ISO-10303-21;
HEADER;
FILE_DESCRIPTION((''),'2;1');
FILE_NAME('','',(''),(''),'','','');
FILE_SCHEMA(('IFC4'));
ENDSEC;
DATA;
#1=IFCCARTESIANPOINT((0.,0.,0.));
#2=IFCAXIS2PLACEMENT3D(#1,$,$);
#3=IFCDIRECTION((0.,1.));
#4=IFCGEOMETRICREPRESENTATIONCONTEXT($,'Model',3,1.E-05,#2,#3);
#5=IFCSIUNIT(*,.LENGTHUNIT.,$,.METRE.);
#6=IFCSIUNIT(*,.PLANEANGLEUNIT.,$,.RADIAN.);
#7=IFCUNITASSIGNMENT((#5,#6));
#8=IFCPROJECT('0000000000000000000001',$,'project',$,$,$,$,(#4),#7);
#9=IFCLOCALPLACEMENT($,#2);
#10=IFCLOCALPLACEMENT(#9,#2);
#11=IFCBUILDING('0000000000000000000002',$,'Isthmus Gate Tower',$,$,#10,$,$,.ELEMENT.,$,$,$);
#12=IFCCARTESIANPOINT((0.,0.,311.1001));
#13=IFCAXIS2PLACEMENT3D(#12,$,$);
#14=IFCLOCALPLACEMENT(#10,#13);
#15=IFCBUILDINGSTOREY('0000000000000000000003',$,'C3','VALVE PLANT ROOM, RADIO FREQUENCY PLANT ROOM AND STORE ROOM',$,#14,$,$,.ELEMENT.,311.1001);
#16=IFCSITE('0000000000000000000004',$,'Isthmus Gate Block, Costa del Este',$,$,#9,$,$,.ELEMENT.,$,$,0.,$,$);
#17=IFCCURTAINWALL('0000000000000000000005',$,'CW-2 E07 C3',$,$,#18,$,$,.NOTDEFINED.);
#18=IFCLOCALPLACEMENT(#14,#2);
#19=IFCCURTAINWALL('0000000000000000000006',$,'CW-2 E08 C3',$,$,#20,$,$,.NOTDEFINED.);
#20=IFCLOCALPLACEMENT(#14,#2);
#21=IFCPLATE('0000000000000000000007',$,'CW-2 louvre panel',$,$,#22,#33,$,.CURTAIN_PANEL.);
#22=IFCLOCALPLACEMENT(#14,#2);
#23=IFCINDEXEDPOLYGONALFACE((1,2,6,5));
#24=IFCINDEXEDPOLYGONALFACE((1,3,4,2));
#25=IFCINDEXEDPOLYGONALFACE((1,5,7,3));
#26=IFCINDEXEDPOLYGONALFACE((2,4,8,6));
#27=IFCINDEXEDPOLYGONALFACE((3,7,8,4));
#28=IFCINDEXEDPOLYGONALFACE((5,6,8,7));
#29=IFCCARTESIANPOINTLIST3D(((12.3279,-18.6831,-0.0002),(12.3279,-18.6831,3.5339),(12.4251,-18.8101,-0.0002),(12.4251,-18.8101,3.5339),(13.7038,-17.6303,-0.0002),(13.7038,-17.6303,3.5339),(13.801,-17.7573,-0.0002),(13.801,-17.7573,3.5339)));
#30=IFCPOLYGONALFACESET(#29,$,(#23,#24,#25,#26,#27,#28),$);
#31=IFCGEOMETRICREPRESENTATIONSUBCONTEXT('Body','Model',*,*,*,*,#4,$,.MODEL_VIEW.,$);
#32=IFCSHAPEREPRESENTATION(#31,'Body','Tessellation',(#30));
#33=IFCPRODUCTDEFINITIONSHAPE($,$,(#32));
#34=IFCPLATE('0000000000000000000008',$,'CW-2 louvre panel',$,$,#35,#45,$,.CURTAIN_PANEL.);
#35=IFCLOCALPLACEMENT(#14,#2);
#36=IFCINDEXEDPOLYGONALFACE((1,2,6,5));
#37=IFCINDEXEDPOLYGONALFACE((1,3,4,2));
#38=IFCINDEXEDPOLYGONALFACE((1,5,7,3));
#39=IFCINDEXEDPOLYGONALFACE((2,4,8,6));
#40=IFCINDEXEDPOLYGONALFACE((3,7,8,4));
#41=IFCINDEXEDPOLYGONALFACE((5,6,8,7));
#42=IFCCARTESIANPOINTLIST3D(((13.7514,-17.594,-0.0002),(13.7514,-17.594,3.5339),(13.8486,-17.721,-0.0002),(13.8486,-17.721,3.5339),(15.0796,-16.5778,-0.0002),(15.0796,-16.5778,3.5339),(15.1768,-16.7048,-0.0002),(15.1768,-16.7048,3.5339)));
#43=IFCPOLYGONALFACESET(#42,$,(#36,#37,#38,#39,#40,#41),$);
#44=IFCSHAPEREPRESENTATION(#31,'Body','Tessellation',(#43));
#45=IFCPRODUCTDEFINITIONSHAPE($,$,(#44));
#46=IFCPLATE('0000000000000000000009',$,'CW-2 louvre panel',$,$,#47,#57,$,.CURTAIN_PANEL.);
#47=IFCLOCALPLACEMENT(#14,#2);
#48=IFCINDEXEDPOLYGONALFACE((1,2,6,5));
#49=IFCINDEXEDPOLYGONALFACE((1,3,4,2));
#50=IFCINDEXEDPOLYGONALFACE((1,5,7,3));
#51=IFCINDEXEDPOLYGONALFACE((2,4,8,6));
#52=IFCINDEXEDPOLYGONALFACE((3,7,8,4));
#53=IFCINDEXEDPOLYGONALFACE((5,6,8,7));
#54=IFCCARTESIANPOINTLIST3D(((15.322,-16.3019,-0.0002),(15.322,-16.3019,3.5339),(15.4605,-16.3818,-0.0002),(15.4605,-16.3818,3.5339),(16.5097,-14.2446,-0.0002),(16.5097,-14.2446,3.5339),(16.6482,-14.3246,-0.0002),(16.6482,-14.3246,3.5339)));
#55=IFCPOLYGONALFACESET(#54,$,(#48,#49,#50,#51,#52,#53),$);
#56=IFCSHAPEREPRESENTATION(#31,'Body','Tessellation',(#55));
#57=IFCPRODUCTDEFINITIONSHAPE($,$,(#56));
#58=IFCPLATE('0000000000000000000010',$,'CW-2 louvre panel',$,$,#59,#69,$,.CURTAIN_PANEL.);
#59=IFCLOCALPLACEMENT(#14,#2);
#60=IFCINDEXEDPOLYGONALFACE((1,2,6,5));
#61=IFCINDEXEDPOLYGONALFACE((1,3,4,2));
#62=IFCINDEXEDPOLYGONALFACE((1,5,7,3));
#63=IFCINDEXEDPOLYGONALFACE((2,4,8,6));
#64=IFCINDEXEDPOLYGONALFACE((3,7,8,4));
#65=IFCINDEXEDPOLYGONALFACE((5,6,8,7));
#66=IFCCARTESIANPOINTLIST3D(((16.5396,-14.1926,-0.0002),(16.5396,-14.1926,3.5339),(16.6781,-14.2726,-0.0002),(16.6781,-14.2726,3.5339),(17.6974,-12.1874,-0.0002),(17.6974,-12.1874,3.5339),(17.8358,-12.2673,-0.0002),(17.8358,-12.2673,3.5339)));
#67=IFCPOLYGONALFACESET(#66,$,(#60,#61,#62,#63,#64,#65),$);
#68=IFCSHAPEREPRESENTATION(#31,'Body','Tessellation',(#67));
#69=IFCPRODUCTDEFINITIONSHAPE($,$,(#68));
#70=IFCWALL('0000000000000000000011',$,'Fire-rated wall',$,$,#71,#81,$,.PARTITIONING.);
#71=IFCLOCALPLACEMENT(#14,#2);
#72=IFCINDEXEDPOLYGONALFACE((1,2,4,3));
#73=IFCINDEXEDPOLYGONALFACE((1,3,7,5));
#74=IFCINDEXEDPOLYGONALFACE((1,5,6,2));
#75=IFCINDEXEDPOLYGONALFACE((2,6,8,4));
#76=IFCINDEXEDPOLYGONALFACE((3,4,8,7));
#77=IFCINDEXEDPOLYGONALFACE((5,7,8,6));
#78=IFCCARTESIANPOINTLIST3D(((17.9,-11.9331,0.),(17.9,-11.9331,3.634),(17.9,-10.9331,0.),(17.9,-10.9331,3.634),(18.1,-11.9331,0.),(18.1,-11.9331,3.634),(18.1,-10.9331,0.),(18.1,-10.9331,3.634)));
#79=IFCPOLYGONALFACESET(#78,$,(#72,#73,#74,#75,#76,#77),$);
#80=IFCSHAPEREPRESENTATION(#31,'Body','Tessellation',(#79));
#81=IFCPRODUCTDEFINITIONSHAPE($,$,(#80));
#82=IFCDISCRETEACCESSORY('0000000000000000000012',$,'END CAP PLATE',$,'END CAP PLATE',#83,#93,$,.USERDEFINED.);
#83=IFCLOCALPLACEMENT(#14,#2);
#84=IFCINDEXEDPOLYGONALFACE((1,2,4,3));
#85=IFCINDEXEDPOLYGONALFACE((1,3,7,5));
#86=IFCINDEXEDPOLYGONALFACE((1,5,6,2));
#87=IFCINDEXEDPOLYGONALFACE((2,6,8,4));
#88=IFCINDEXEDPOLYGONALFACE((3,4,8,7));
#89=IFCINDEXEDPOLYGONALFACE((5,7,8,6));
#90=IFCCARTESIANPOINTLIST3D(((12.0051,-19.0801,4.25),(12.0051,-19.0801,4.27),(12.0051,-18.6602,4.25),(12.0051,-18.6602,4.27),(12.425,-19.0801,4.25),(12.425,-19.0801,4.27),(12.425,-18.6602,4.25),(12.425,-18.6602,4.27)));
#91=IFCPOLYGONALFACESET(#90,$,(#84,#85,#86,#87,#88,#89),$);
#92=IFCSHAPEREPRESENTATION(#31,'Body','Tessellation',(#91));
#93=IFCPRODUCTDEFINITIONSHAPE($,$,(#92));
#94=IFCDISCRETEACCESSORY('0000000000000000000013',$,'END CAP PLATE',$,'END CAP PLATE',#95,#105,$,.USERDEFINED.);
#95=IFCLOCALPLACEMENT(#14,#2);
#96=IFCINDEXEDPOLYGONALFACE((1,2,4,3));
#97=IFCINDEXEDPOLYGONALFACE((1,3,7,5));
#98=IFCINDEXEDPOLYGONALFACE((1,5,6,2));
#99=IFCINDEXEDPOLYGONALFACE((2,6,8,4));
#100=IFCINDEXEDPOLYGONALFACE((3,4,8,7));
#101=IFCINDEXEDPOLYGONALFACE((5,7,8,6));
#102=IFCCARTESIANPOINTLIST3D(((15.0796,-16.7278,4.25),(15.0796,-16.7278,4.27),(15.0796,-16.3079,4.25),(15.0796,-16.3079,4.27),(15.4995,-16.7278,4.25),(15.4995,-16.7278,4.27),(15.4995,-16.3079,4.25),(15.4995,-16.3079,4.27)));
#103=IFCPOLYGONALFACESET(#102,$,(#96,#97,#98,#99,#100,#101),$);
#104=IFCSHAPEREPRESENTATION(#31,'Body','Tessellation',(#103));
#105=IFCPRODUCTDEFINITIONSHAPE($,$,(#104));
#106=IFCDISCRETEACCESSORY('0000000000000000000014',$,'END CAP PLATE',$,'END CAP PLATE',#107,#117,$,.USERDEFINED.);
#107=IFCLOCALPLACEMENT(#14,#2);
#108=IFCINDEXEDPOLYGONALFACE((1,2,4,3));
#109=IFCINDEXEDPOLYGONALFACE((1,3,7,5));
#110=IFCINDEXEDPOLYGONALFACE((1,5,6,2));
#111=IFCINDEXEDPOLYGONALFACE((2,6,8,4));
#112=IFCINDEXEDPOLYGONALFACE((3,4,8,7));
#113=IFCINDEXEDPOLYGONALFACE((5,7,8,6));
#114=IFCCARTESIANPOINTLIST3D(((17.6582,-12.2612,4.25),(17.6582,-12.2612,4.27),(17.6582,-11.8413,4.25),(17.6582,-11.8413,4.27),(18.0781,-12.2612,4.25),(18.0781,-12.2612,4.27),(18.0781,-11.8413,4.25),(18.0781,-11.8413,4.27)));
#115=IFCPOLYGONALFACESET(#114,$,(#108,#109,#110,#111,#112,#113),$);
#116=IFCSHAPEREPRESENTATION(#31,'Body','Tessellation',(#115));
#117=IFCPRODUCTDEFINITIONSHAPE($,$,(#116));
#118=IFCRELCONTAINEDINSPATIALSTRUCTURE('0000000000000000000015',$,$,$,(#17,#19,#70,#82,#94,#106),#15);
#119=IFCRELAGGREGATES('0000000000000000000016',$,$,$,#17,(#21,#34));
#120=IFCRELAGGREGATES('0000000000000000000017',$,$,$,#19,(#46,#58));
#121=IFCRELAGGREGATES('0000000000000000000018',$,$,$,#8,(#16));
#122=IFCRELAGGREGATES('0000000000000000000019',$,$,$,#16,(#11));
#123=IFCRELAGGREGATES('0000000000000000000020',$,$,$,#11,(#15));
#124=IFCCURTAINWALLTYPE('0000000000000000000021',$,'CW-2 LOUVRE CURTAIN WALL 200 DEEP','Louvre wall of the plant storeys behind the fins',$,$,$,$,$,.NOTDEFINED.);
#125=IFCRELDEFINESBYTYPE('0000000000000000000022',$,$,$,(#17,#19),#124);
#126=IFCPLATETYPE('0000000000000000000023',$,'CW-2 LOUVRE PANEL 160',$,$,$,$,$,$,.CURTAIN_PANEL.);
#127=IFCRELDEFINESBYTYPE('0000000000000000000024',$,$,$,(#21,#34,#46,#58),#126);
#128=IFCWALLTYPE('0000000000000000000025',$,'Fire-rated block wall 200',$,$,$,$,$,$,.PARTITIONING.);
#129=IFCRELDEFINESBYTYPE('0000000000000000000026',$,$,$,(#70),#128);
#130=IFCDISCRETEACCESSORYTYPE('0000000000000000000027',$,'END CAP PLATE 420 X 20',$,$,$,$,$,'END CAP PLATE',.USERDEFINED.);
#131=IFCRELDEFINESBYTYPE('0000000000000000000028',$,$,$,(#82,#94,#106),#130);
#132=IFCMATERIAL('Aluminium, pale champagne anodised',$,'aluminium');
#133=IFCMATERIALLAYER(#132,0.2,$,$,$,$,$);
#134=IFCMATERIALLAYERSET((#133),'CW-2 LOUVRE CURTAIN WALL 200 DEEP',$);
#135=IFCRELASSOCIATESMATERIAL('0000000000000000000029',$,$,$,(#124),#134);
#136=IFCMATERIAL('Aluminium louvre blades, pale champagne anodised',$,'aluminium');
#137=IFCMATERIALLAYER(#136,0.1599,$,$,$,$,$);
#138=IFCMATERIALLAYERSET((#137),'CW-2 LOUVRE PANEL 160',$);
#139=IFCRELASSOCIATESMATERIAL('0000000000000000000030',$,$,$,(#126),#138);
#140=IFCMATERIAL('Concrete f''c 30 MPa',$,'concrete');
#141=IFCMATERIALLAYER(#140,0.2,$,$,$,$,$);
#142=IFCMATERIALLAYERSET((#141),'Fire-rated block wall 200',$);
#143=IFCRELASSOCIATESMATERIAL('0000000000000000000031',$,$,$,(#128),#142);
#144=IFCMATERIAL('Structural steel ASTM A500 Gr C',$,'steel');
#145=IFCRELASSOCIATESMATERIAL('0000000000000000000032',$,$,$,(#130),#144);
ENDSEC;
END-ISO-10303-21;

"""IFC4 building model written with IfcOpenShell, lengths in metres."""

from ifc_helpers import new_model, si_unit, direction, frame, frame_2d, origin, origin_2d, place, context, subcontext, project, spatial, rectangle, extrude, material, layer, layer_set, type_object, element, aggregate, save


model = new_model("IFC4")

# Units and contexts
model_context = context("Model", 3, precision=1e-05, world=origin(), true_north=direction((0.0, 1.0)))
body_context = subcontext(model_context, "Body", "Model", "MODEL_VIEW")
ifc_project = project(units=[si_unit("LENGTHUNIT", "METRE"), si_unit("PLANEANGLEUNIT", "RADIAN")], contexts=[model_context])

# Site, building, storey
site_placement = place(None, origin())
site = spatial("IfcSite", under=ifc_project, at=site_placement, Name="Isthmus Gate Block, Costa del Este", CompositionType="ELEMENT", RefElevation=0.0)
building_placement = place(site_placement, origin())
building = spatial("IfcBuilding", under=site, at=building_placement, Name="Isthmus Gate Tower", CompositionType="ELEMENT")
storey_placement = place(building_placement, frame((0.0, 0.0, 311.1001)))
storey = spatial("IfcBuildingStorey", under=building, at=storey_placement, Name="C3", Description="VALVE PLANT ROOM, RADIO FREQUENCY PLANT ROOM AND STORE ROOM", CompositionType="ELEMENT", Elevation=311.1001)

# Curtain walls
ifc_material_1 = material(Name="Aluminium, pale champagne anodised", Category="aluminium")
ifc_layer_1 = layer(ifc_material_1, 0.2)
ifc_layer_set_1 = layer_set([ifc_layer_1], Name="CW-2 LOUVRE CURTAIN WALL 200 DEEP")
curtain_wall_type = type_object("IfcCurtainWallType", Name="CW-2 LOUVRE CURTAIN WALL 200 DEEP", Description="Louvre wall of the plant storeys behind the fins", PredefinedType="NOTDEFINED", material=ifc_layer_set_1)
curtain_wall_1_placement = place(storey_placement, origin())
curtain_wall_1 = element("IfcCurtainWall", 1, at=curtain_wall_1_placement, inside=storey, type_object=curtain_wall_type, Name="CW-2 E07 C3", PredefinedType="NOTDEFINED")
curtain_wall_2_placement = place(storey_placement, origin())
curtain_wall_2 = element("IfcCurtainWall", 2, at=curtain_wall_2_placement, inside=storey, type_object=curtain_wall_type, Name="CW-2 E08 C3", PredefinedType="NOTDEFINED")

# Plates
ifc_material_2 = material(Name="Aluminium louvre blades, pale champagne anodised", Category="aluminium")
ifc_layer_2 = layer(ifc_material_2, 0.1599)
ifc_layer_set_2 = layer_set([ifc_layer_2], Name="CW-2 LOUVRE PANEL 160")
plate_type = type_object("IfcPlateType", Name="CW-2 LOUVRE PANEL 160", PredefinedType="CURTAIN_PANEL", material=ifc_layer_set_2)
plate_1_placement = place(storey_placement, frame((13.0645, -18.2202, -0.0002), z_axis=(0.0, 0.0, 1.0), x_axis=(0.794189, 0.607671, 0.0)))
plate_1 = element("IfcPlate", 3, at=plate_1_placement, type_object=plate_type, Name="CW-2 louvre panel", PredefinedType="CURTAIN_PANEL", context=body_context, shape_type="SweptSolid", body=[
    extrude(rectangle(XDim=1.7324, YDim=0.1599, at=origin_2d()), origin(), (0.0, 0.0, 1.0), 3.5342),
])
plate_2_placement = place(storey_placement, frame((14.4641, -17.1494, -0.0002), z_axis=(0.0, 0.0, 1.0), x_axis=(0.794189, 0.607671, 0.0)))
plate_2 = element("IfcPlate", 4, at=plate_2_placement, type_object=plate_type, Name="CW-2 louvre panel", PredefinedType="CURTAIN_PANEL", context=body_context, shape_type="SweptSolid", body=[
    extrude(rectangle(XDim=1.6724, YDim=0.1599, at=origin_2d()), origin(), (0.0, 0.0, 1.0), 3.5342),
])
aggregate(curtain_wall_1, [plate_1, plate_2])
plate_3_placement = place(storey_placement, frame((15.9851, -15.3132, -0.0002), z_axis=(0.0, 0.0, 1.0), x_axis=(0.5, 0.866025, 0.0)))
plate_3 = element("IfcPlate", 5, at=plate_3_placement, type_object=plate_type, Name="CW-2 louvre panel", PredefinedType="CURTAIN_PANEL", context=body_context, shape_type="SweptSolid", body=[
    extrude(rectangle(XDim=2.3755, YDim=0.1599, at=origin_2d()), origin(), (0.0, 0.0, 1.0), 3.5342),
])
plate_4_placement = place(storey_placement, frame((17.1877, -13.23, -0.0002), z_axis=(0.0, 0.0, 1.0), x_axis=(0.5, 0.866025, 0.0)))
plate_4 = element("IfcPlate", 6, at=plate_4_placement, type_object=plate_type, Name="CW-2 louvre panel", PredefinedType="CURTAIN_PANEL", context=body_context, shape_type="SweptSolid", body=[
    extrude(rectangle(XDim=2.3154, YDim=0.1599, at=origin_2d()), origin(), (0.0, 0.0, 1.0), 3.5342),
])
aggregate(curtain_wall_2, [plate_3, plate_4])

# Wall
ifc_material_3 = material(Name="Concrete f'c 30 MPa", Category="concrete")
ifc_layer_3 = layer(ifc_material_3, 0.2)
ifc_layer_set_3 = layer_set([ifc_layer_3], Name="Fire-rated block wall 200")
wall_type = type_object("IfcWallType", Name="Fire-rated block wall 200", PredefinedType="PARTITIONING", material=ifc_layer_set_3)
wall_placement = place(storey_placement, frame((18.0, -11.9331, 0.0), z_axis=(0.0, 0.0, 1.0), x_axis=(0.0, 1.0, 0.0)))
element("IfcWall", 7, at=wall_placement, inside=storey, type_object=wall_type, Name="Fire-rated wall", PredefinedType="PARTITIONING", context=body_context, shape_type="SweptSolid", body=[
    extrude(rectangle(XDim=1.0, YDim=0.2, at=frame_2d((0.5, 0.0))), origin(), (0.0, 0.0, 1.0), 3.634),
])

# Discrete accessories
ifc_material_4 = material(Name="Structural steel ASTM A500 Gr C", Category="steel")
discrete_accessory_type = type_object("IfcDiscreteAccessoryType", Name="END CAP PLATE 420 X 20", ElementType="END CAP PLATE", PredefinedType="USERDEFINED", material=ifc_material_4)
for number, where, z_axis, x_axis, name in (
    (8, (12.2151, -18.8701, 4.25), (0.0, 0.0, 1.0), (1.0, 0.0, 0.0), "END CAP PLATE"),
    (9, (15.2896, -16.5178, 4.25), (0.0, 0.0, 1.0), (1.0, 0.0, 0.0), "END CAP PLATE"),
    (10, (17.8682, -12.0513, 4.25), (0.0, 0.0, 1.0), (1.0, 0.0, 0.0), "END CAP PLATE"),
):
    element("IfcDiscreteAccessory", number, at=place(storey_placement, frame(where, z_axis=z_axis, x_axis=x_axis)), inside=storey, type_object=discrete_accessory_type, Name=name, ObjectType="END CAP PLATE", PredefinedType="USERDEFINED", context=body_context, shape_type="SweptSolid", body=[
        extrude(rectangle(XDim=0.4199, YDim=0.4199, at=origin_2d()), origin(), (0.0, 0.0, 1.0), 0.02),
    ])

save(model, "model.ifc")
